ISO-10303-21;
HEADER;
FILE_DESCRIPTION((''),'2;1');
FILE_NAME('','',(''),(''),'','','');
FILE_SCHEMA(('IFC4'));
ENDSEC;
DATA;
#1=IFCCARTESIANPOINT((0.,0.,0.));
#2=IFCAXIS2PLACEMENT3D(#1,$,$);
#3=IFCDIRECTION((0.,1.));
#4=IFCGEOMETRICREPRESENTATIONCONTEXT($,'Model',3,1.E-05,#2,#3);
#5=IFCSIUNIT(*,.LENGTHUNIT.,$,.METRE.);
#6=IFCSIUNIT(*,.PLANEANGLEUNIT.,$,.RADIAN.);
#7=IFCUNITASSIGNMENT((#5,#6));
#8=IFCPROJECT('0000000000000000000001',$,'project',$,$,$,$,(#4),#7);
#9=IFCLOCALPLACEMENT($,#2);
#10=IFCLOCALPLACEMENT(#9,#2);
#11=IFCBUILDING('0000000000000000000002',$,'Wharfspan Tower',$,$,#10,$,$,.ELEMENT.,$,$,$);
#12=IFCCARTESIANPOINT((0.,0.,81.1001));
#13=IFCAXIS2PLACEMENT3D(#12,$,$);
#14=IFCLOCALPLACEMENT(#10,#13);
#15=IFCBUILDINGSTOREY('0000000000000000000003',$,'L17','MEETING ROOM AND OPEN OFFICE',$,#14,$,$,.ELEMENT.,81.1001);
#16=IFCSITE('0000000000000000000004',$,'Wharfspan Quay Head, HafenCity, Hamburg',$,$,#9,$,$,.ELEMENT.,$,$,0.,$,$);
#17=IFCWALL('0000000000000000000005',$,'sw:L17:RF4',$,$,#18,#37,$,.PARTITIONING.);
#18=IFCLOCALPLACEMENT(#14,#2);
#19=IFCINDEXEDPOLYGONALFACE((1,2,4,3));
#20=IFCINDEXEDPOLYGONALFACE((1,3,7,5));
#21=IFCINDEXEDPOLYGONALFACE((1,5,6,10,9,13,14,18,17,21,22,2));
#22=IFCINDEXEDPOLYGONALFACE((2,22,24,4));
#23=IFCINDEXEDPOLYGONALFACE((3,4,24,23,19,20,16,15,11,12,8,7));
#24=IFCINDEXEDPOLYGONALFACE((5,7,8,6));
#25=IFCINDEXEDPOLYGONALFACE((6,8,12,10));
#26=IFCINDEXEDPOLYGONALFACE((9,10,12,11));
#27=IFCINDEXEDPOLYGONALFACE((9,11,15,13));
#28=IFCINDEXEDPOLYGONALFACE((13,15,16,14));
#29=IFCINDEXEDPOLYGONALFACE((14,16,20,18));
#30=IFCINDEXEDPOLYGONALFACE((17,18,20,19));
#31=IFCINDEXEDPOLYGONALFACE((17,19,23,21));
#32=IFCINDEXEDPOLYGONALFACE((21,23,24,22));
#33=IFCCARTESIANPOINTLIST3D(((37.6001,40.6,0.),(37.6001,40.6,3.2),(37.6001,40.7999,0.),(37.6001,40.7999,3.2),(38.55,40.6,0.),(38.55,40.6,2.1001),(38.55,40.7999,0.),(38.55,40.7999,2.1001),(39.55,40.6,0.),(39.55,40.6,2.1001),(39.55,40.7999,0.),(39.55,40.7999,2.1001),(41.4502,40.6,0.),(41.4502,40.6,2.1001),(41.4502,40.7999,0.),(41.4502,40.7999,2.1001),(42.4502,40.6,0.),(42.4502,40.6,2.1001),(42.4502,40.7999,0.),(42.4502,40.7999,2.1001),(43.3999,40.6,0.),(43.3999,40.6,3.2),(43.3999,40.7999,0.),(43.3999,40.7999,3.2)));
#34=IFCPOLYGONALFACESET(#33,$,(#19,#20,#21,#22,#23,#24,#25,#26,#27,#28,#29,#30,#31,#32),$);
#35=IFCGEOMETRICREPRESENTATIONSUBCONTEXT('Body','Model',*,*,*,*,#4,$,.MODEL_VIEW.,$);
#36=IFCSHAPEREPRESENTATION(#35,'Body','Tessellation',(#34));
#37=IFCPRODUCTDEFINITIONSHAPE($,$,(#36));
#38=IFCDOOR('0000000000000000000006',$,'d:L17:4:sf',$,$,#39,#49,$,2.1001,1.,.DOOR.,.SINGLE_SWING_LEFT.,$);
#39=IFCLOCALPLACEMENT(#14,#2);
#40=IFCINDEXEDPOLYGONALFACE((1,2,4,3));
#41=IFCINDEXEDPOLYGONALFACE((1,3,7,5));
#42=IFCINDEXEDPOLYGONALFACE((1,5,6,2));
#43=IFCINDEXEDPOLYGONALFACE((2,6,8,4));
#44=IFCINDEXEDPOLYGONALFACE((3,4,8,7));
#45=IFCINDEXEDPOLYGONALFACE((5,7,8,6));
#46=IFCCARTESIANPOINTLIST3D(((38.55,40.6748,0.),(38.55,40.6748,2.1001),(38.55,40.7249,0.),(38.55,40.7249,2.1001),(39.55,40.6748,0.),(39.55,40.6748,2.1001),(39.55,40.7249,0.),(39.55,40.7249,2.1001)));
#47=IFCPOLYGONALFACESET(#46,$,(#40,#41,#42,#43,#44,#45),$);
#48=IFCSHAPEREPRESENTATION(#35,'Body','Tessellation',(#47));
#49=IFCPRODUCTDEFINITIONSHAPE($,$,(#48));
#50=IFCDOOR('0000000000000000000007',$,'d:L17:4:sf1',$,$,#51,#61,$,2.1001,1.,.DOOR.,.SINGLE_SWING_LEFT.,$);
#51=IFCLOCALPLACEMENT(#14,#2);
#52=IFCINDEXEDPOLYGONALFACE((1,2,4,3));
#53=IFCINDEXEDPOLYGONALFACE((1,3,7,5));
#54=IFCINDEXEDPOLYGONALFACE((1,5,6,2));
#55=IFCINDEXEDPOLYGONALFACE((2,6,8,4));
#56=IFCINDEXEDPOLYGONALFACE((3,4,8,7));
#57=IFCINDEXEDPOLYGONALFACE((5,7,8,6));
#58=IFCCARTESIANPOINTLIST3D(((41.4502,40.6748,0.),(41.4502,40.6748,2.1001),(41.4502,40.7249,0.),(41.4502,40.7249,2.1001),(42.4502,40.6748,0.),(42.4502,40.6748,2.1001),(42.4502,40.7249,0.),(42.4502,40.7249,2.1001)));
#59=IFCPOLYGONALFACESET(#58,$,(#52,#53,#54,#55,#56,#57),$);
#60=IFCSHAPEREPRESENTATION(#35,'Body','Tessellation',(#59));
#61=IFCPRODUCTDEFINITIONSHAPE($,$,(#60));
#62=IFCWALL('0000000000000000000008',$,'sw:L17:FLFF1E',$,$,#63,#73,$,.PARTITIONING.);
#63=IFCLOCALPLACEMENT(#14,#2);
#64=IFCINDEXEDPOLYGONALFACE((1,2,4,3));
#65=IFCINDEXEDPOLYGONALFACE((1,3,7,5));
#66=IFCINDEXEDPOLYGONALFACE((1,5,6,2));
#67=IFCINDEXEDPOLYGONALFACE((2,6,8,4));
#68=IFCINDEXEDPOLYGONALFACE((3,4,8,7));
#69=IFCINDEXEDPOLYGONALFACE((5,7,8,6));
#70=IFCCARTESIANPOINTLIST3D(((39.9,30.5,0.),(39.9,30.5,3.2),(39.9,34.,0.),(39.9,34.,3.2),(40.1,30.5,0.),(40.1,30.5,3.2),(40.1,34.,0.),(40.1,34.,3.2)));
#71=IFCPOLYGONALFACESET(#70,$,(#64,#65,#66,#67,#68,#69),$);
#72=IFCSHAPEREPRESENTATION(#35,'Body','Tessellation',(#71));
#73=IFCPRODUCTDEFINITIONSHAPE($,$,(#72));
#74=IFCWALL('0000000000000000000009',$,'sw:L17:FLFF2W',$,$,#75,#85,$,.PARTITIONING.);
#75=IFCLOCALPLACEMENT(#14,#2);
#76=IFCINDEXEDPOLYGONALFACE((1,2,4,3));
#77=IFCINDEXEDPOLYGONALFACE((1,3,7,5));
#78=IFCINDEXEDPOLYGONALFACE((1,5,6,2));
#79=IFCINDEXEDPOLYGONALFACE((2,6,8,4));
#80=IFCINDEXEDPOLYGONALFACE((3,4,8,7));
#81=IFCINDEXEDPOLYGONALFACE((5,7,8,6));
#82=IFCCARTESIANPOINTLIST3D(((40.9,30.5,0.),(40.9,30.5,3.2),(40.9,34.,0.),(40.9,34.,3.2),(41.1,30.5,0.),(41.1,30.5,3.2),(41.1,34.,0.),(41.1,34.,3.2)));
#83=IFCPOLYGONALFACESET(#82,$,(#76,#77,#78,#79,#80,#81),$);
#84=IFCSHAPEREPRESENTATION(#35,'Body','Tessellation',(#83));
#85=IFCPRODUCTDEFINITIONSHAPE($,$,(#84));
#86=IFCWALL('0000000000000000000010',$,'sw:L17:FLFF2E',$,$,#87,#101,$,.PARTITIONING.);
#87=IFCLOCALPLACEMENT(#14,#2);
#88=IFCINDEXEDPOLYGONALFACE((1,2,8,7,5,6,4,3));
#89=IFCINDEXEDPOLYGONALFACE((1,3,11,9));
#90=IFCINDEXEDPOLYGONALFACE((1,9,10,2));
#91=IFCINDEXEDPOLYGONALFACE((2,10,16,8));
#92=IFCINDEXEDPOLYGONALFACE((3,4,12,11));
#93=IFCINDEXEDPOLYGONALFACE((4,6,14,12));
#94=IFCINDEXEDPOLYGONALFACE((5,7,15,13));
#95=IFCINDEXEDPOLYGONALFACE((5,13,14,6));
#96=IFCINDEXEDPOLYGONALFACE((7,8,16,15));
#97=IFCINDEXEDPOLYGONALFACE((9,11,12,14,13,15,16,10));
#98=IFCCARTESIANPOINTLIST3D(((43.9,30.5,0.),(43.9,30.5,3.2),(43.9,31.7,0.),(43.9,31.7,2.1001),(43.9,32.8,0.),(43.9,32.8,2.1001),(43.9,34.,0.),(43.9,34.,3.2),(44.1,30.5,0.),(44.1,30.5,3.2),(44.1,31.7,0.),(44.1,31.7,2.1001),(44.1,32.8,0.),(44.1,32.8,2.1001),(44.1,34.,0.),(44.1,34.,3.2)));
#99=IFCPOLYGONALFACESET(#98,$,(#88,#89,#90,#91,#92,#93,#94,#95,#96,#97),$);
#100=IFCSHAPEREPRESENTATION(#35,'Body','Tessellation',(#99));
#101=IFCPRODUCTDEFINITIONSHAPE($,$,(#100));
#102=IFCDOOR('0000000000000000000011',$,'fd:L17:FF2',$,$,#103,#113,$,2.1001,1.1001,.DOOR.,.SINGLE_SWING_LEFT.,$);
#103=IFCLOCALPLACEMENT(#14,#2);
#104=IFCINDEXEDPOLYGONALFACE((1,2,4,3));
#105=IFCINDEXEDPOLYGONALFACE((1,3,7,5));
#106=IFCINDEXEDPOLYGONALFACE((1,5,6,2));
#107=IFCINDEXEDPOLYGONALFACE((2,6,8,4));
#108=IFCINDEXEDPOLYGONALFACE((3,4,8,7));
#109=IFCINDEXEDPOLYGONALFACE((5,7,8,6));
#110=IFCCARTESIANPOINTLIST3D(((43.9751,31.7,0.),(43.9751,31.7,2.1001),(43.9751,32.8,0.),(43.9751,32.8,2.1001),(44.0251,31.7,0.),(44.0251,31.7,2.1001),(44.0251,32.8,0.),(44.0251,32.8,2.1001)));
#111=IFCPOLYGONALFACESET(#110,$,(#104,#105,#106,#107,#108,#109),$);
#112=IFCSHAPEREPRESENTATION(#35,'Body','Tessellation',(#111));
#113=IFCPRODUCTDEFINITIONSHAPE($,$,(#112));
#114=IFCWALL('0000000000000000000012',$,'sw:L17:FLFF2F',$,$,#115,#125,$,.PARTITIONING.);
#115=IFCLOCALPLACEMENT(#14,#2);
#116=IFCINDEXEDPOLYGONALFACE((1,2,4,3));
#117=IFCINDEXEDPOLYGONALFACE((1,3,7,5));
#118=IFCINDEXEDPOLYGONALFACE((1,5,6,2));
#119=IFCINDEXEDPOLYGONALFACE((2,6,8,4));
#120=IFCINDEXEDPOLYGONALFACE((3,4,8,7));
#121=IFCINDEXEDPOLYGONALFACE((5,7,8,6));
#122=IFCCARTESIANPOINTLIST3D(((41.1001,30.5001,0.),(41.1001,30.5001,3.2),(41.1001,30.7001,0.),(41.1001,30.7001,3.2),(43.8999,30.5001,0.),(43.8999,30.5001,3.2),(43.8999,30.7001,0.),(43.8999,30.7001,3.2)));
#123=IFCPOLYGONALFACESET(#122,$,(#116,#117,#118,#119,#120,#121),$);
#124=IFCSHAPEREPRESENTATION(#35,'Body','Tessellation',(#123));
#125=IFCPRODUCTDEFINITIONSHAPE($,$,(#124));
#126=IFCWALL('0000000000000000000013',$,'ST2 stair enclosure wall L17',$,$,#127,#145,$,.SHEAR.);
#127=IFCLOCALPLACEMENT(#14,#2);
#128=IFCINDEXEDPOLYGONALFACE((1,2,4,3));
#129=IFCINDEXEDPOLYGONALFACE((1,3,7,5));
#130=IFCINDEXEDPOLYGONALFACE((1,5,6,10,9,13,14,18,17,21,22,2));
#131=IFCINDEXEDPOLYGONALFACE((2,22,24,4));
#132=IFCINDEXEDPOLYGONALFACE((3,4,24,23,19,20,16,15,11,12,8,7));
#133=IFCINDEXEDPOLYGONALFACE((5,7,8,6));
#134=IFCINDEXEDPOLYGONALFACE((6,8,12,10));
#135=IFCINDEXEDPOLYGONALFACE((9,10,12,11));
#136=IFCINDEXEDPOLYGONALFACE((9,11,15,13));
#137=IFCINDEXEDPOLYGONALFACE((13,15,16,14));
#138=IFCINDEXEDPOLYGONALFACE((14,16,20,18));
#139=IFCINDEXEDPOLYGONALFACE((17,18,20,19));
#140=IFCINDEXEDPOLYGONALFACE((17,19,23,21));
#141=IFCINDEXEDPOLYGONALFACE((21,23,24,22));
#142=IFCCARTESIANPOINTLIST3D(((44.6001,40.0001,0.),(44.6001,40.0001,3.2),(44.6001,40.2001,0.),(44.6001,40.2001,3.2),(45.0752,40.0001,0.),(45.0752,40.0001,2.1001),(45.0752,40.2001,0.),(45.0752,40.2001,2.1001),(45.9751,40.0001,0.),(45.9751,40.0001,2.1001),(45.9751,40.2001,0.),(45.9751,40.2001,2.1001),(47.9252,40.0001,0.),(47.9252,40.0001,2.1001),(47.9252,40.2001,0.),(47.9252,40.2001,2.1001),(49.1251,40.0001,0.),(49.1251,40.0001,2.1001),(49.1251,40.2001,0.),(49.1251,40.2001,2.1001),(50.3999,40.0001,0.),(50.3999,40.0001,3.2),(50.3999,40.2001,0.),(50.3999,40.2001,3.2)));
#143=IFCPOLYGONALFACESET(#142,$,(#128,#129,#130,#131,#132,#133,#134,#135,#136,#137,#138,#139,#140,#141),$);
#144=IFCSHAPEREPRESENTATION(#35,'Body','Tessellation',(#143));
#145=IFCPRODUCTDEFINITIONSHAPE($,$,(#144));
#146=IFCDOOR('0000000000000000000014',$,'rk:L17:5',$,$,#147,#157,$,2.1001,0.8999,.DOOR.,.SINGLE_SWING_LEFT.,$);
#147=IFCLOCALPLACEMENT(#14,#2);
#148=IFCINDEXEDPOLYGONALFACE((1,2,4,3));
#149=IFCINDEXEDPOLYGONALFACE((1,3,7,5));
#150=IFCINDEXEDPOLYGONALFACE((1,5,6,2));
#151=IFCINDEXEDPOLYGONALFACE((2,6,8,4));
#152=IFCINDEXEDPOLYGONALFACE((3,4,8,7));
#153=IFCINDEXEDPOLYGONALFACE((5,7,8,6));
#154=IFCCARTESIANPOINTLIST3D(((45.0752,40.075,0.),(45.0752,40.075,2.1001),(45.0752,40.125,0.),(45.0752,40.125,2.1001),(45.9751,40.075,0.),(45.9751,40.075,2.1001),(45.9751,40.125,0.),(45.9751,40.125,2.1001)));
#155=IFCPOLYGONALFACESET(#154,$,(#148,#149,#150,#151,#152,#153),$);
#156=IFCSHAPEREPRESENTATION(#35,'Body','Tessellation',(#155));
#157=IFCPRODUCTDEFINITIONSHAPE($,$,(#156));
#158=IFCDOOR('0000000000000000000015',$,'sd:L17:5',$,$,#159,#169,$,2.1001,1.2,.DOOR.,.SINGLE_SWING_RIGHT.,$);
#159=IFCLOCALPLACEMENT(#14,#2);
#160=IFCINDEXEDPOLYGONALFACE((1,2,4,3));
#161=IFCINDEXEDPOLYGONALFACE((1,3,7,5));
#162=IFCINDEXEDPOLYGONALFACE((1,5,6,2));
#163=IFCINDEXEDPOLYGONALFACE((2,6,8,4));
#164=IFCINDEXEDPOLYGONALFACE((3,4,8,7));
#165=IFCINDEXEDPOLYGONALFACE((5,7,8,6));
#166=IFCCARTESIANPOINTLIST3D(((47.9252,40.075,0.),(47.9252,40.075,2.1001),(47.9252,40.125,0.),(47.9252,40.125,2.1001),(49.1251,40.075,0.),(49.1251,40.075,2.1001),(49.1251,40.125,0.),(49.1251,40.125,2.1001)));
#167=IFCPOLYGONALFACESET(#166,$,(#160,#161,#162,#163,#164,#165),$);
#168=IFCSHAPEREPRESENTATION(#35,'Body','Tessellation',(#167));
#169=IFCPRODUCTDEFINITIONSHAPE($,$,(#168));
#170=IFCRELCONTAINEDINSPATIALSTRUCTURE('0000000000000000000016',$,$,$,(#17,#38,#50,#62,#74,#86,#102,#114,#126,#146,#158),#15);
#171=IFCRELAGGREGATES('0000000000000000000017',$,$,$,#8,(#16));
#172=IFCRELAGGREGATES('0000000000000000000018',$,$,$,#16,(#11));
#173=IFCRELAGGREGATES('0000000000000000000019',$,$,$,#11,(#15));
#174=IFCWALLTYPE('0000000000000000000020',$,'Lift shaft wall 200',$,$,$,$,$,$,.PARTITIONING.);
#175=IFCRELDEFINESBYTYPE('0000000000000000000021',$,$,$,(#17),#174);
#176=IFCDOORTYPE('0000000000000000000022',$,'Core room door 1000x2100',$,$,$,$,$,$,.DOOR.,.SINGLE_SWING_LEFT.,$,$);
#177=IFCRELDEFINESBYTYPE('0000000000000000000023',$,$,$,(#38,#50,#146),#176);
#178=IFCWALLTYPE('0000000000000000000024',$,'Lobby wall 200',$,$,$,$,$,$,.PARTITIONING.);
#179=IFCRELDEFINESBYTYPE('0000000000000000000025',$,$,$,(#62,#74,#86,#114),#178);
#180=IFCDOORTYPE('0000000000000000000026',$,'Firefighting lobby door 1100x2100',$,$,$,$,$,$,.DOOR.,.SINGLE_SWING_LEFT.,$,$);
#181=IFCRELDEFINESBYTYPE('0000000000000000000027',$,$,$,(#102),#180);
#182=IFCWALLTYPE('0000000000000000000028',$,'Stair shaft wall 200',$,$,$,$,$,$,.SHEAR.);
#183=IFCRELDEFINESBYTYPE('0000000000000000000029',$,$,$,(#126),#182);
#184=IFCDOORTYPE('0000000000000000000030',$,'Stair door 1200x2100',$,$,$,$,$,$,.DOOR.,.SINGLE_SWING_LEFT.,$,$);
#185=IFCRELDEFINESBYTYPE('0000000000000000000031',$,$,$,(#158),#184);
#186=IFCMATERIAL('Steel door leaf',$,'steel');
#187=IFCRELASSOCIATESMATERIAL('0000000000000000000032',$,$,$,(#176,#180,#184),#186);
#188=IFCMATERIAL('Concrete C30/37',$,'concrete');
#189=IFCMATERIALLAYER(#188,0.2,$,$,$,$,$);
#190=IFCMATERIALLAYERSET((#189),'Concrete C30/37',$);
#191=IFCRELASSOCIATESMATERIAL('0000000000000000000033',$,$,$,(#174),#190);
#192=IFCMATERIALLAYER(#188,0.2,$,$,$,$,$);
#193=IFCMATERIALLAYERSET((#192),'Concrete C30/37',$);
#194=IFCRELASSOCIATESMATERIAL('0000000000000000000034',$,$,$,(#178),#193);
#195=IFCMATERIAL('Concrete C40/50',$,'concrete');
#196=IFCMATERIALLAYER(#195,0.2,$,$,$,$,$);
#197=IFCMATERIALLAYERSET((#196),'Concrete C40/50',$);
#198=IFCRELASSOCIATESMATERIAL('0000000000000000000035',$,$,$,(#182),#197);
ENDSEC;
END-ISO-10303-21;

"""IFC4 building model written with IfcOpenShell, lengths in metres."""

from ifc_helpers import new_model, si_unit, direction, frame, frame_2d, origin, place, context, subcontext, project, spatial, rectangle, extrude, material, layer, layer_set, type_object, element, fill, save


model = new_model("IFC4")

# Units and contexts
model_context = context("Model", 3, precision=1e-05, world=origin(), true_north=direction((0.0, 1.0)))
body_context = subcontext(model_context, "Body", "Model", "MODEL_VIEW")
ifc_project = project(units=[si_unit("LENGTHUNIT", "METRE"), si_unit("PLANEANGLEUNIT", "RADIAN")], contexts=[model_context])

# Site, building, storey
site_placement = place(None, origin())
site = spatial("IfcSite", under=ifc_project, at=site_placement, Name="Wharfspan Quay Head, HafenCity, Hamburg", CompositionType="ELEMENT", RefElevation=0.0)
building_placement = place(site_placement, origin())
building = spatial("IfcBuilding", under=site, at=building_placement, Name="Wharfspan Tower", CompositionType="ELEMENT")
storey_placement = place(building_placement, frame((0.0, 0.0, 81.1001)))
storey = spatial("IfcBuildingStorey", under=building, at=storey_placement, Name="L17", Description="MEETING ROOM AND OPEN OFFICE", CompositionType="ELEMENT", Elevation=81.1001)

# Shared definitions
ifc_material_1 = material(Name="Steel door leaf", Category="steel")
door_type_1 = type_object("IfcDoorType", Name="Core room door 1000x2100", OperationType="SINGLE_SWING_LEFT", PredefinedType="DOOR", material=ifc_material_1)

# Wall, openings, doors
ifc_material_2 = material(Name="Concrete C30/37", Category="concrete")
ifc_layer_1 = layer(ifc_material_2, 0.2)
ifc_layer_set_1 = layer_set([ifc_layer_1], Name="Concrete C30/37")
wall_type_1 = type_object("IfcWallType", Name="Lift shaft wall 200", PredefinedType="PARTITIONING", material=ifc_layer_set_1)
wall_1_placement = place(storey_placement, frame((37.6001, 40.7, 0.0), z_axis=(0.0, 0.0, 1.0), x_axis=(1.0, 0.0, 0.0)))
wall_1 = element("IfcWall", 1, at=wall_1_placement, inside=storey, type_object=wall_type_1, Name="sw:L17:RF4", PredefinedType="PARTITIONING", context=body_context, shape_type="SweptSolid", body=[
    extrude(rectangle(XDim=5.7998, YDim=0.2, at=frame_2d((2.8999, 0.0))), origin(), (0.0, 0.0, 1.0), 3.2),
])
opening_1_placement = place(wall_1_placement, frame((0.95, 0.0, 0.0)))
opening_1 = element("IfcOpeningElement", 2, at=opening_1_placement, cuts=wall_1, PredefinedType="OPENING", context=body_context, shape_type="SweptSolid", body=[
    extrude(rectangle(XDim=1.0, YDim=2.1001, at=frame_2d((0.5, 1.05))), frame((0.0, 0.1099, 0.0), z_axis=(0.0, -1.0, 0.0), x_axis=(1.0, 0.0, 0.0)), (0.0, 0.0, 1.0), 0.22),
])
opening_2_placement = place(wall_1_placement, frame((3.8501, 0.0, 0.0)))
opening_2 = element("IfcOpeningElement", 3, at=opening_2_placement, cuts=wall_1, PredefinedType="OPENING", context=body_context, shape_type="SweptSolid", body=[
    extrude(rectangle(XDim=1.0, YDim=2.1001, at=frame_2d((0.5, 1.05))), frame((0.0, 0.1099, 0.0), z_axis=(0.0, -1.0, 0.0), x_axis=(1.0, 0.0, 0.0)), (0.0, 0.0, 1.0), 0.22),
])
door_1_placement = place(opening_1_placement, origin())
door_1 = element("IfcDoor", 4, at=door_1_placement, inside=storey, type_object=door_type_1, Name="d:L17:4:sf", OperationType="SINGLE_SWING_LEFT", OverallHeight=2.1001, OverallWidth=1.0, PredefinedType="DOOR", context=body_context, shape_type="SweptSolid", body=[
    extrude(rectangle(XDim=1.0, YDim=2.1001, at=frame_2d((0.5, 1.05))), frame((0.0, 0.0249, 0.0), z_axis=(0.0, -1.0, 0.0), x_axis=(1.0, 0.0, 0.0)), (0.0, 0.0, 1.0), 0.05),
])
fill(opening_1, door_1)
door_2_placement = place(opening_2_placement, origin())
door_2 = element("IfcDoor", 5, at=door_2_placement, inside=storey, type_object=door_type_1, Name="d:L17:4:sf1", OperationType="SINGLE_SWING_LEFT", OverallHeight=2.1001, OverallWidth=1.0, PredefinedType="DOOR", context=body_context, shape_type="SweptSolid", body=[
    extrude(rectangle(XDim=1.0, YDim=2.1001, at=frame_2d((0.5, 1.05))), frame((0.0, 0.0249, 0.0), z_axis=(0.0, -1.0, 0.0), x_axis=(1.0, 0.0, 0.0)), (0.0, 0.0, 1.0), 0.05),
])
fill(opening_2, door_2)

# Walls
ifc_layer_2 = layer(ifc_material_2, 0.2)
ifc_layer_set_2 = layer_set([ifc_layer_2], Name="Concrete C30/37")
wall_type_2 = type_object("IfcWallType", Name="Lobby wall 200", PredefinedType="PARTITIONING", material=ifc_layer_set_2)
for number, where, z_axis, x_axis, name in (
    (6, (40.0, 30.5, 0.0), (0.0, 0.0, 1.0), (0.0, 1.0, 0.0), "sw:L17:FLFF1E"),
    (7, (41.0, 30.5, 0.0), (0.0, 0.0, 1.0), (0.0, 1.0, 0.0), "sw:L17:FLFF2W"),
):
    element("IfcWall", number, at=place(storey_placement, frame(where, z_axis=z_axis, x_axis=x_axis)), inside=storey, type_object=wall_type_2, Name=name, PredefinedType="PARTITIONING", context=body_context, shape_type="SweptSolid", body=[
        extrude(rectangle(XDim=3.5, YDim=0.2, at=frame_2d((1.75, 0.0))), origin(), (0.0, 0.0, 1.0), 3.2),
    ])

# Wall, opening, door
wall_2_placement = place(storey_placement, frame((44.0, 30.5, 0.0), z_axis=(0.0, 0.0, 1.0), x_axis=(0.0, 1.0, 0.0)))
wall_2 = element("IfcWall", 8, at=wall_2_placement, inside=storey, type_object=wall_type_2, Name="sw:L17:FLFF2E", PredefinedType="PARTITIONING", context=body_context, shape_type="SweptSolid", body=[
    extrude(rectangle(XDim=3.5, YDim=0.2, at=frame_2d((1.75, 0.0))), origin(), (0.0, 0.0, 1.0), 3.2),
])
opening_3_placement = place(wall_2_placement, frame((1.2, 0.0, 0.0)))
opening_3 = element("IfcOpeningElement", 9, at=opening_3_placement, cuts=wall_2, PredefinedType="OPENING", context=body_context, shape_type="SweptSolid", body=[
    extrude(rectangle(XDim=1.1001, YDim=2.1001, at=frame_2d((0.55, 1.05))), frame((0.0, 0.1099, 0.0), z_axis=(0.0, -1.0, 0.0), x_axis=(1.0, 0.0, 0.0)), (0.0, 0.0, 1.0), 0.22),
])
door_type_2 = type_object("IfcDoorType", Name="Firefighting lobby door 1100x2100", OperationType="SINGLE_SWING_LEFT", PredefinedType="DOOR", material=ifc_material_1)
door_3_placement = place(opening_3_placement, origin())
door_3 = element("IfcDoor", 10, at=door_3_placement, inside=storey, type_object=door_type_2, Name="fd:L17:FF2", OperationType="SINGLE_SWING_LEFT", OverallHeight=2.1001, OverallWidth=1.1001, PredefinedType="DOOR", context=body_context, shape_type="SweptSolid", body=[
    extrude(rectangle(XDim=1.1001, YDim=2.1001, at=frame_2d((0.55, 1.05))), frame((0.0, 0.0249, 0.0), z_axis=(0.0, -1.0, 0.0), x_axis=(1.0, 0.0, 0.0)), (0.0, 0.0, 1.0), 0.05),
])
fill(opening_3, door_3)

# Wall
wall_3_placement = place(storey_placement, frame((41.1001, 30.6001, 0.0), z_axis=(0.0, 0.0, 1.0), x_axis=(1.0, 0.0, 0.0)))
element("IfcWall", 11, at=wall_3_placement, inside=storey, type_object=wall_type_2, Name="sw:L17:FLFF2F", PredefinedType="PARTITIONING", context=body_context, shape_type="SweptSolid", body=[
    extrude(rectangle(XDim=2.7998, YDim=0.2, at=frame_2d((1.3999, 0.0))), origin(), (0.0, 0.0, 1.0), 3.2),
])

# Wall, openings, doors
ifc_material_3 = material(Name="Concrete C40/50", Category="concrete")
ifc_layer_3 = layer(ifc_material_3, 0.2)
ifc_layer_set_3 = layer_set([ifc_layer_3], Name="Concrete C40/50")
wall_type_3 = type_object("IfcWallType", Name="Stair shaft wall 200", PredefinedType="SHEAR", material=ifc_layer_set_3)
wall_4_placement = place(storey_placement, frame((44.6001, 40.1001, 0.0), z_axis=(0.0, 0.0, 1.0), x_axis=(1.0, 0.0, 0.0)))
wall_4 = element("IfcWall", 12, at=wall_4_placement, inside=storey, type_object=wall_type_3, Name="ST2 stair enclosure wall L17", PredefinedType="SHEAR", context=body_context, shape_type="SweptSolid", body=[
    extrude(rectangle(XDim=5.7998, YDim=0.2, at=frame_2d((2.8999, 0.0))), origin(), (0.0, 0.0, 1.0), 3.2),
])
opening_4_placement = place(wall_4_placement, frame((3.325, 0.0, 0.0)))
opening_4 = element("IfcOpeningElement", 13, at=opening_4_placement, cuts=wall_4, PredefinedType="OPENING", context=body_context, shape_type="SweptSolid", body=[
    extrude(rectangle(XDim=1.2, YDim=2.1001, at=frame_2d((0.6001, 1.05))), frame((0.0, 0.1099, 0.0), z_axis=(0.0, -1.0, 0.0), x_axis=(1.0, 0.0, 0.0)), (0.0, 0.0, 1.0), 0.22),
])
opening_5_placement = place(wall_4_placement, frame((0.4751, 0.0, 0.0)))
opening_5 = element("IfcOpeningElement", 14, at=opening_5_placement, cuts=wall_4, PredefinedType="OPENING", context=body_context, shape_type="SweptSolid", body=[
    extrude(rectangle(XDim=0.8999, YDim=2.1001, at=frame_2d((0.45, 1.05))), frame((0.0, 0.1099, 0.0), z_axis=(0.0, -1.0, 0.0), x_axis=(1.0, 0.0, 0.0)), (0.0, 0.0, 1.0), 0.22),
])
door_4_placement = place(opening_5_placement, origin())
door_4 = element("IfcDoor", 15, at=door_4_placement, inside=storey, type_object=door_type_1, Name="rk:L17:5", OperationType="SINGLE_SWING_LEFT", OverallHeight=2.1001, OverallWidth=0.8999, PredefinedType="DOOR", context=body_context, shape_type="SweptSolid", body=[
    extrude(rectangle(XDim=0.8999, YDim=2.1001, at=frame_2d((0.45, 1.05))), frame((0.0, 0.0249, 0.0), z_axis=(0.0, -1.0, 0.0), x_axis=(1.0, 0.0, 0.0)), (0.0, 0.0, 1.0), 0.05),
])
fill(opening_5, door_4)
door_type_3 = type_object("IfcDoorType", Name="Stair door 1200x2100", OperationType="SINGLE_SWING_LEFT", PredefinedType="DOOR", material=ifc_material_1)
door_5_placement = place(opening_4_placement, origin())
door_5 = element("IfcDoor", 16, at=door_5_placement, inside=storey, type_object=door_type_3, Name="sd:L17:5", OperationType="SINGLE_SWING_RIGHT", OverallHeight=2.1001, OverallWidth=1.2, PredefinedType="DOOR", context=body_context, shape_type="SweptSolid", body=[
    extrude(rectangle(XDim=1.2, YDim=2.1001, at=frame_2d((0.6001, 1.05))), frame((0.0, 0.0249, 0.0), z_axis=(0.0, -1.0, 0.0), x_axis=(1.0, 0.0, 0.0)), (0.0, 0.0, 1.0), 0.05),
])
fill(opening_4, door_5)

save(model, "model.ifc")
